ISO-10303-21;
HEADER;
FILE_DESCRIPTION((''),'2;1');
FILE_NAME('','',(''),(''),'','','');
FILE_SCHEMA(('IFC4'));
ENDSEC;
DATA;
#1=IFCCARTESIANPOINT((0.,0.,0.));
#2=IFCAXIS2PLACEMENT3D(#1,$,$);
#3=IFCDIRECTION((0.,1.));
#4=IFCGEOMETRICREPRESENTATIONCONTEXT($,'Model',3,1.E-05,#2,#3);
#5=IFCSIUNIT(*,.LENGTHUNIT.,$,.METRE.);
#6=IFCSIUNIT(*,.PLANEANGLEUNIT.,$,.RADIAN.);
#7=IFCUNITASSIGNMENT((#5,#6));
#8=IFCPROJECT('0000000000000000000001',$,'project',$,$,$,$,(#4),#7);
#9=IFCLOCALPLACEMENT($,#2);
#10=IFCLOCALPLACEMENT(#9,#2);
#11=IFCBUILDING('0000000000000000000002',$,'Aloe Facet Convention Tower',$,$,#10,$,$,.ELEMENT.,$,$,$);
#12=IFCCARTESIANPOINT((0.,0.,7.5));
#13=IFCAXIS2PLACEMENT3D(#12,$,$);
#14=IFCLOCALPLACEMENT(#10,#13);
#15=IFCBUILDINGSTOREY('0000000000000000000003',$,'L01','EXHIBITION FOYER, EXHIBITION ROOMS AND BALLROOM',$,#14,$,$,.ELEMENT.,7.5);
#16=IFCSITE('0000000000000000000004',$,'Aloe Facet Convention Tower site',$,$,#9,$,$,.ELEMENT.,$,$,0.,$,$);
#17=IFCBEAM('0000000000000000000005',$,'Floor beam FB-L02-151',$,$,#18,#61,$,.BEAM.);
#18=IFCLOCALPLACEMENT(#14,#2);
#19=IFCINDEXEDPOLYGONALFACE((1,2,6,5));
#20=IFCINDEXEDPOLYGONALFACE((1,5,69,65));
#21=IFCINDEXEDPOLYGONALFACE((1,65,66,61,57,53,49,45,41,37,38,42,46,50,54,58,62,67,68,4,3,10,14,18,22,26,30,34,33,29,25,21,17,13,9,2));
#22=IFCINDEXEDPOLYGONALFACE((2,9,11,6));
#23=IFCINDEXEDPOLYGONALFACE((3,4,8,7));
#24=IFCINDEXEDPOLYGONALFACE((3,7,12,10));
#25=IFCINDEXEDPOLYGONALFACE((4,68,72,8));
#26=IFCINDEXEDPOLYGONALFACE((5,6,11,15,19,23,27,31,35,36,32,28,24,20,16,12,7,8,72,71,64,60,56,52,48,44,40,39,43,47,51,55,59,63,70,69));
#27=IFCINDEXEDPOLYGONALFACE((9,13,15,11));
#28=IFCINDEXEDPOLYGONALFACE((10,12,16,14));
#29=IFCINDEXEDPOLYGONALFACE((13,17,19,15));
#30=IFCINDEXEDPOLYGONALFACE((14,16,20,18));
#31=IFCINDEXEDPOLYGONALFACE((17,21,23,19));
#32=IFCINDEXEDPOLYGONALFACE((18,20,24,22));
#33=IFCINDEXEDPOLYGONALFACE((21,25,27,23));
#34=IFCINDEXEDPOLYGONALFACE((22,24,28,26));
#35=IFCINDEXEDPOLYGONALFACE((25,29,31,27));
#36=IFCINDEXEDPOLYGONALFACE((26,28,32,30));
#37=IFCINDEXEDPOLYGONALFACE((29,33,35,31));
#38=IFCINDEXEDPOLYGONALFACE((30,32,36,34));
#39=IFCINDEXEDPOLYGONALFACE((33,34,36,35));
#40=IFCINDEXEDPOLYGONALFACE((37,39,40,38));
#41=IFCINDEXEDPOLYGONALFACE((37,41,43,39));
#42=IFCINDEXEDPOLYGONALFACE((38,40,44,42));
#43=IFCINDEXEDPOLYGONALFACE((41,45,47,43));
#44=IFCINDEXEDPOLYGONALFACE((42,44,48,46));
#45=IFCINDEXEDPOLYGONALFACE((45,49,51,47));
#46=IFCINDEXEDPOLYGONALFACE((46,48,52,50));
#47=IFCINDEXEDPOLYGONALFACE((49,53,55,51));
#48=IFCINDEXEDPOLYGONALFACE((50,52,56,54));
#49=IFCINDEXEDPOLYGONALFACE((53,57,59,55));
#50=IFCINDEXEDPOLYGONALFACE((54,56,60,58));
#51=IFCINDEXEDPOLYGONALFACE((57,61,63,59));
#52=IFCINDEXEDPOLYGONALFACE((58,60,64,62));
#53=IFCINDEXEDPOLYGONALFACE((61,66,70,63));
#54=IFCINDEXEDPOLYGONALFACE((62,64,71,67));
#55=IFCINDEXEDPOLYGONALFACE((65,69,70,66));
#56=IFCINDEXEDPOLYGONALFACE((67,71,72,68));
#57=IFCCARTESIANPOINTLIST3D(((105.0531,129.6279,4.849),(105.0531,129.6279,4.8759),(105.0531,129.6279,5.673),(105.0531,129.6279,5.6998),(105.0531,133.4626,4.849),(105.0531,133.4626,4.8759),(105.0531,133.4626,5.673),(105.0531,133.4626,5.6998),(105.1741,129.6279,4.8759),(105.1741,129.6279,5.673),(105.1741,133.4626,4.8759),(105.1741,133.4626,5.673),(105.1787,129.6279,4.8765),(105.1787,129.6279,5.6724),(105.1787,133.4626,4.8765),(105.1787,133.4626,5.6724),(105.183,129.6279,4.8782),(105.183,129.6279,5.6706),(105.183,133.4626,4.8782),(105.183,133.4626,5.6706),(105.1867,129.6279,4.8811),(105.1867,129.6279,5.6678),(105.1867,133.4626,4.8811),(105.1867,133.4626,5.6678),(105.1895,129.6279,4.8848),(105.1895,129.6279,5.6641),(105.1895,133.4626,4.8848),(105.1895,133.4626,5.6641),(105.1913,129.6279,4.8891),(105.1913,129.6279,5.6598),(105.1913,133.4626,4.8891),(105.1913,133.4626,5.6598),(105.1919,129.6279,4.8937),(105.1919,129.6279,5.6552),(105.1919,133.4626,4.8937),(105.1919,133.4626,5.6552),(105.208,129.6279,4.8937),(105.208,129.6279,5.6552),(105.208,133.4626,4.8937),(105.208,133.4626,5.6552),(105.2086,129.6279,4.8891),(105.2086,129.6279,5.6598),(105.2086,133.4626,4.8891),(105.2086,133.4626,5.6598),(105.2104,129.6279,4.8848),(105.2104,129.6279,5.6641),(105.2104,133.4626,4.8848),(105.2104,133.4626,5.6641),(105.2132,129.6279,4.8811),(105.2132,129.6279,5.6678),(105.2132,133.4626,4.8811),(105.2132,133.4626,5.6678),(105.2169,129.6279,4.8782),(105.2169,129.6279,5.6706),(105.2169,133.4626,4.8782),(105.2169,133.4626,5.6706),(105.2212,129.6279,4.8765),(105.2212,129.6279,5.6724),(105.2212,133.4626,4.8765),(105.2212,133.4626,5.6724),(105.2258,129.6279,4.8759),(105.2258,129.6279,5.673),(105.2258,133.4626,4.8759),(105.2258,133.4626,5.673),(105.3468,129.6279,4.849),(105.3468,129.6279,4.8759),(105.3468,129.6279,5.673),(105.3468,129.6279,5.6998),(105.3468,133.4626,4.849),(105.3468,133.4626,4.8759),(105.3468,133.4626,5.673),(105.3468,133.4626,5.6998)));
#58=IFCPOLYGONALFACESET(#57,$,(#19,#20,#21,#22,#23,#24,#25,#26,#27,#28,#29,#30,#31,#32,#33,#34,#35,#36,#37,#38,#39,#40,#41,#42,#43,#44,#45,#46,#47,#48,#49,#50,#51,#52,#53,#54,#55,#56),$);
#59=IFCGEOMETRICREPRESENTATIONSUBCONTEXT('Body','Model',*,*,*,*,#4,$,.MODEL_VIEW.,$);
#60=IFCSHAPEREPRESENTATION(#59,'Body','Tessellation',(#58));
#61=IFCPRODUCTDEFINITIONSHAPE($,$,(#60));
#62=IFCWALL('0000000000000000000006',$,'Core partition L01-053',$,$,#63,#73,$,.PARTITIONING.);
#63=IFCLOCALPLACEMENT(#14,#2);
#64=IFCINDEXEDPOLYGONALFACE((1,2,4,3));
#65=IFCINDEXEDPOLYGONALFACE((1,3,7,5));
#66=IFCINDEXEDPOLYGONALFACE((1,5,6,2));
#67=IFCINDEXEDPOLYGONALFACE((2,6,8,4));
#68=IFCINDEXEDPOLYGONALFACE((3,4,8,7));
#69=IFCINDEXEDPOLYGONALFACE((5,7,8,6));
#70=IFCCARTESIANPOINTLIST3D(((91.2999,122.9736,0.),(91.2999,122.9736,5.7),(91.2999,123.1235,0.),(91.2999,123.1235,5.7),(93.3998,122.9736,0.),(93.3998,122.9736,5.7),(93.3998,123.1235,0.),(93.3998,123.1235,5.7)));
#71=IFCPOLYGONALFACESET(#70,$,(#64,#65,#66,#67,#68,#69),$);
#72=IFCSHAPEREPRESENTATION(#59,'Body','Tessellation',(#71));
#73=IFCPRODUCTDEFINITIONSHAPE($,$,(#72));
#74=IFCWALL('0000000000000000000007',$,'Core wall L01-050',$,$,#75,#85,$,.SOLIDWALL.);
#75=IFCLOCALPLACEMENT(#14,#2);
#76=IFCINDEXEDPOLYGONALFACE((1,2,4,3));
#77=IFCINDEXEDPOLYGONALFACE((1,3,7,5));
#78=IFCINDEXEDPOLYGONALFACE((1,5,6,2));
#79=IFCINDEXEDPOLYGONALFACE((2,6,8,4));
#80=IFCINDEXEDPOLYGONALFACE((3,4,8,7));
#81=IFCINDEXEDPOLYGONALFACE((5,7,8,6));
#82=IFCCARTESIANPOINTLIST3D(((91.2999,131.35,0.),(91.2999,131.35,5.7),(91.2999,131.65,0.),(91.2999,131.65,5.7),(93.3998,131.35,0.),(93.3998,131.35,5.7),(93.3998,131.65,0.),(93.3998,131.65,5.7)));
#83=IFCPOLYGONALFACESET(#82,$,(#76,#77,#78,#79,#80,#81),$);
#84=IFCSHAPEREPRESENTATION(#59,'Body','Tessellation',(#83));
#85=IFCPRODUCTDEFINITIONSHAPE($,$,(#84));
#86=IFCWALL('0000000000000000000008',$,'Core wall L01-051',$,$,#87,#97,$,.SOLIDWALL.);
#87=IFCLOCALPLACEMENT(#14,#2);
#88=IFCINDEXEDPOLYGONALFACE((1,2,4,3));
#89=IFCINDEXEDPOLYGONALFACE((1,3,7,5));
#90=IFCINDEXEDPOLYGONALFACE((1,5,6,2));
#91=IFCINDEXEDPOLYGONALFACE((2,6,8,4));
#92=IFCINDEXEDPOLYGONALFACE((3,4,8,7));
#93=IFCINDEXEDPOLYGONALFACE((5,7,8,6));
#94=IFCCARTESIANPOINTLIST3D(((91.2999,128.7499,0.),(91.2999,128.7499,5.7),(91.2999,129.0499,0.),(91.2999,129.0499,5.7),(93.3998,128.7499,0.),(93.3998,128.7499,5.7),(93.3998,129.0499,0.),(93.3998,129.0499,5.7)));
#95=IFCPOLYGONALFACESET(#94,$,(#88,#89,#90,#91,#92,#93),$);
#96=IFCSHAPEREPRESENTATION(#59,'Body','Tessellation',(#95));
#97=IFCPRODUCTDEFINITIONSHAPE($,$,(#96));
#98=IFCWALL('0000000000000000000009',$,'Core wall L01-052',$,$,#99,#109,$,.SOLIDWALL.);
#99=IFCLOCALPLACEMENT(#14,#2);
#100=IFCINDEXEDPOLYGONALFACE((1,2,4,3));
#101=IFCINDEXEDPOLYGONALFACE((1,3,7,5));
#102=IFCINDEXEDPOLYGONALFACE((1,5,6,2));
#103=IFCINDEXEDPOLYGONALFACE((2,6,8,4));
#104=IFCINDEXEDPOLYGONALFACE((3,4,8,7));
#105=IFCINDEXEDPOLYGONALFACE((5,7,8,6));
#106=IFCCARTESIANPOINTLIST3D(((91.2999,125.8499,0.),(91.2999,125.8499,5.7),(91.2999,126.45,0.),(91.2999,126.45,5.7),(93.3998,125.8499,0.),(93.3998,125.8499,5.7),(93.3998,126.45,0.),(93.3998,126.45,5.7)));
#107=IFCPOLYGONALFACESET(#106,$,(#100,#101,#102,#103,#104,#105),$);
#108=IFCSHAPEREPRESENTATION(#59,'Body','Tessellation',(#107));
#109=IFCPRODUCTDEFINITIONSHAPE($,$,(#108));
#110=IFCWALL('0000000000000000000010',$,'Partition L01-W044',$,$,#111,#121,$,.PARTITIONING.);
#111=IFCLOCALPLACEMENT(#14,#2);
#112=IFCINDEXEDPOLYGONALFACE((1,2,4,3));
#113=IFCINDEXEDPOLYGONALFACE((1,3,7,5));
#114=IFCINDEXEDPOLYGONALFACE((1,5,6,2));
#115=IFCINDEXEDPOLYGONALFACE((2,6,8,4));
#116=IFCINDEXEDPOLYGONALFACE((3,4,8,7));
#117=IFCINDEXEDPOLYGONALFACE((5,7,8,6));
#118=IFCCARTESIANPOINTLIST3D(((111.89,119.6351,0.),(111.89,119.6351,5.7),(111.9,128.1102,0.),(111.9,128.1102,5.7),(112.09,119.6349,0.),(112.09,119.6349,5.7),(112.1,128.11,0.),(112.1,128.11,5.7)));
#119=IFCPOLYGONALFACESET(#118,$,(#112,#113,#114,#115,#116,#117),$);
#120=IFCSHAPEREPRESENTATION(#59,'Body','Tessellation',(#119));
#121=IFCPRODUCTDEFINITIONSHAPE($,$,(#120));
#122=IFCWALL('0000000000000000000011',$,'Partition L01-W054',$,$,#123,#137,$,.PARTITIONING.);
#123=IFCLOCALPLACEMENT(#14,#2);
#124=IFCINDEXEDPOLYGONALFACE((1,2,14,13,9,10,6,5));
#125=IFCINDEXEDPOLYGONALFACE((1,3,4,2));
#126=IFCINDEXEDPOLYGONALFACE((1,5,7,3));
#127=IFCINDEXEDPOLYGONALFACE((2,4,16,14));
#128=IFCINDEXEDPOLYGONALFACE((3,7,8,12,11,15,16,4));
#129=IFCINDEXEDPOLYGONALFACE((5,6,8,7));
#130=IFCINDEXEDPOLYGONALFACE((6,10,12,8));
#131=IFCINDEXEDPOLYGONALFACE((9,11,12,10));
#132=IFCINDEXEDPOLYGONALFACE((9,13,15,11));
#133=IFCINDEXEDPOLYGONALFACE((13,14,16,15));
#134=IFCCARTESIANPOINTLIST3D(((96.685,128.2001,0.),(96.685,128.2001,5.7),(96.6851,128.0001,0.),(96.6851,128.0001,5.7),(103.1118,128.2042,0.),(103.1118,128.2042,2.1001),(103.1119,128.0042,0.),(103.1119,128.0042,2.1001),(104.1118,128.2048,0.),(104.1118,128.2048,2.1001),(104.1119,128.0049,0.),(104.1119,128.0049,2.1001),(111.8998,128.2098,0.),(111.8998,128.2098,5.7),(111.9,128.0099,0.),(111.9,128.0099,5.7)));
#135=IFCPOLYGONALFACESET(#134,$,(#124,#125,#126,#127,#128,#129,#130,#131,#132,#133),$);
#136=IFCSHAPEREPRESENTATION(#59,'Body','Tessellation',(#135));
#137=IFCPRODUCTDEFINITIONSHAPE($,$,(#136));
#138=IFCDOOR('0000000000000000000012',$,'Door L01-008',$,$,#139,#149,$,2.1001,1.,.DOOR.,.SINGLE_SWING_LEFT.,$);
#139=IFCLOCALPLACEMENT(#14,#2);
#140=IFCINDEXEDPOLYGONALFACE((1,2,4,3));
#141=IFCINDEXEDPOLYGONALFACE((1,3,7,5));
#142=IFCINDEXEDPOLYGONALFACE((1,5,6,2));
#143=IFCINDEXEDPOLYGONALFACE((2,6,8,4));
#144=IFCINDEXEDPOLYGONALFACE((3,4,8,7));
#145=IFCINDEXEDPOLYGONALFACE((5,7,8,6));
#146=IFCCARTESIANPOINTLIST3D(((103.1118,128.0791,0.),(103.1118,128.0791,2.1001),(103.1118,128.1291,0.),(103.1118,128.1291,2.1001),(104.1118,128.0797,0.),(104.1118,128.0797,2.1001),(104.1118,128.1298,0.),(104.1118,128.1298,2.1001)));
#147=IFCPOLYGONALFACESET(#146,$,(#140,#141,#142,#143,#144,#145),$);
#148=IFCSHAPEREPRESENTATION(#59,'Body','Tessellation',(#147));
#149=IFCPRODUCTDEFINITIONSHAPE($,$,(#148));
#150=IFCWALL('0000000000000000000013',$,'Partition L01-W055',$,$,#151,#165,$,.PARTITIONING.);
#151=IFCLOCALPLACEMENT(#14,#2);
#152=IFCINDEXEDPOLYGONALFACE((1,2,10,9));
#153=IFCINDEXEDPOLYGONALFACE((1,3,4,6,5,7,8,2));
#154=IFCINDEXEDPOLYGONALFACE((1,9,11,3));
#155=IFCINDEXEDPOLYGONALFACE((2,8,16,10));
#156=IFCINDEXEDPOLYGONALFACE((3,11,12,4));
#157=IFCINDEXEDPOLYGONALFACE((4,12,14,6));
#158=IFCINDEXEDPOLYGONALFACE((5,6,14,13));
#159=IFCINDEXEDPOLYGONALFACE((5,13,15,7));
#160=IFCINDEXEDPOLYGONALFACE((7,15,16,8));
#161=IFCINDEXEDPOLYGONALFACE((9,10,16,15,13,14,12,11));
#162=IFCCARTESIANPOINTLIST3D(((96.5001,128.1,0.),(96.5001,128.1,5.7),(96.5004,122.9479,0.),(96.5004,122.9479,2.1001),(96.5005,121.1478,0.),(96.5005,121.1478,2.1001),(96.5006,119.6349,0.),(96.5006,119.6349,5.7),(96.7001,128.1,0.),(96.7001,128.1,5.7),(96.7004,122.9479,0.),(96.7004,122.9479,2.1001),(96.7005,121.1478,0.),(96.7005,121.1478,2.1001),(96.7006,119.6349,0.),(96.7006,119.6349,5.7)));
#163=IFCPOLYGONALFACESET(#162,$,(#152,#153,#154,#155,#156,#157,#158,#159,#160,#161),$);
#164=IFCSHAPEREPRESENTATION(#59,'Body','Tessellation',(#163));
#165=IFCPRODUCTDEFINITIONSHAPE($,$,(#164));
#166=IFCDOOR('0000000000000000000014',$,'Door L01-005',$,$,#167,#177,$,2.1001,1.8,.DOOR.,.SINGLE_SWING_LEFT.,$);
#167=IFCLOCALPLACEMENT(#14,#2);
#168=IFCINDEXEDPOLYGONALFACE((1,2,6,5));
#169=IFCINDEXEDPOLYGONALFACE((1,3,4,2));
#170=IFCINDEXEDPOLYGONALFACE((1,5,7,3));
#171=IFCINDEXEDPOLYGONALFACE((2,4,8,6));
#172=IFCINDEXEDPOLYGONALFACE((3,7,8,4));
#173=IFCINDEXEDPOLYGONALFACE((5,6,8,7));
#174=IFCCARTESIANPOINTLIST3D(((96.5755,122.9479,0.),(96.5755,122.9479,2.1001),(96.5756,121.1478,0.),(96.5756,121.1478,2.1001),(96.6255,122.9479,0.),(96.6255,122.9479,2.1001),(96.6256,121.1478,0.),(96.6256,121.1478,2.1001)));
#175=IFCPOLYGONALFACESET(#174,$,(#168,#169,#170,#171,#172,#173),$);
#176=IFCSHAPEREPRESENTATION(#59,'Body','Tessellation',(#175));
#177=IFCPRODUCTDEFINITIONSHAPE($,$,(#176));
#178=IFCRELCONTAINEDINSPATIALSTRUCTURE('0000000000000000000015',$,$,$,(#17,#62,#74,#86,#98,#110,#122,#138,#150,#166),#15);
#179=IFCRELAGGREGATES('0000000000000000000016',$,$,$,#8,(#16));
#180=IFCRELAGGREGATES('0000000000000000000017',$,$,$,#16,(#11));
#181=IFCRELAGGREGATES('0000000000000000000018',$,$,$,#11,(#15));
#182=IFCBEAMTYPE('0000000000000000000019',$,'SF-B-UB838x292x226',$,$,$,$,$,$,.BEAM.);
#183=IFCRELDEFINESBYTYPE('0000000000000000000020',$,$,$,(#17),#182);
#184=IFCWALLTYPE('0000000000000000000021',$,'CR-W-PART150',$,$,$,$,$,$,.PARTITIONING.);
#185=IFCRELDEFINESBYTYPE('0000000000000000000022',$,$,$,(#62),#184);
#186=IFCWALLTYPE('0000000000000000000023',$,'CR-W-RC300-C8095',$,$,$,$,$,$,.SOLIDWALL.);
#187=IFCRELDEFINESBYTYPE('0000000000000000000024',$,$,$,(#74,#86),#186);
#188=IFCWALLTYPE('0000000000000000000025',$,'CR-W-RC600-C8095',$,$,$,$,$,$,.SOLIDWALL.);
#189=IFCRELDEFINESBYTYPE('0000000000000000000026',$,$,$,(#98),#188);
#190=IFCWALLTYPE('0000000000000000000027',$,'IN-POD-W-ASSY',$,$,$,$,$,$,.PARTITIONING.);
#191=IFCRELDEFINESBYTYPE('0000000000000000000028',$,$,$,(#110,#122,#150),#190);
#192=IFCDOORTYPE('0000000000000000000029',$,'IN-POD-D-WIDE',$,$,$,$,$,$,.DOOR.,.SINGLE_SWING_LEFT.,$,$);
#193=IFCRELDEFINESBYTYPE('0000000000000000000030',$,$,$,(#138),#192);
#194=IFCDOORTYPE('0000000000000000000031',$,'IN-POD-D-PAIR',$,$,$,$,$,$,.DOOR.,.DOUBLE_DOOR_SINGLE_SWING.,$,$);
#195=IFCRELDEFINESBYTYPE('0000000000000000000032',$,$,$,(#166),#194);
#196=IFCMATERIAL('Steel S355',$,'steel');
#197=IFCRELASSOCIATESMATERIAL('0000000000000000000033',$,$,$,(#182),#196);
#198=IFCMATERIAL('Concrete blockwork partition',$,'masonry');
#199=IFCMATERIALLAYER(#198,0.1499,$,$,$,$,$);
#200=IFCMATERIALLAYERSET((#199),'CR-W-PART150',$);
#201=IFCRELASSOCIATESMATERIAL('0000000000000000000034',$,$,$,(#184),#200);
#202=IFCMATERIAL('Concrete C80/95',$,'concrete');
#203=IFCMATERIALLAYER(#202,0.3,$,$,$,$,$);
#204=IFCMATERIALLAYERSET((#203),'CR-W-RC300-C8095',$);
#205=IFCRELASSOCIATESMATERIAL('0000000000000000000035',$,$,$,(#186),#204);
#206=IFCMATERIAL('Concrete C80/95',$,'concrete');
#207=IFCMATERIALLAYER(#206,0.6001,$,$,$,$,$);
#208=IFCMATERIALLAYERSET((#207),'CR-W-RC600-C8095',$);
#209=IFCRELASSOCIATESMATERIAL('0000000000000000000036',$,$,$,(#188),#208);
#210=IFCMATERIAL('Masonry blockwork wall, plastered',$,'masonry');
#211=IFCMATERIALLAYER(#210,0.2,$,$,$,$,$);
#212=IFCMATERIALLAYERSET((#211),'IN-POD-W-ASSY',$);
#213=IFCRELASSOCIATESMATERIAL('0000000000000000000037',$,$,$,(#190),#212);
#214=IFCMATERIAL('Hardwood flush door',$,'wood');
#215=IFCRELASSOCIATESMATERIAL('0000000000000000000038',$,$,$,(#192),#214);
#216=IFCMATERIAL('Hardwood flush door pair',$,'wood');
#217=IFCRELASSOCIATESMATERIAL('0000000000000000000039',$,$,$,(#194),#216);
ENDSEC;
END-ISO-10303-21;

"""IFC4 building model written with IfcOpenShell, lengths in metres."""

from ifc_helpers import new_model, si_unit, direction, frame, frame_2d, origin, origin_2d, place, context, subcontext, project, spatial, rectangle, i_section, extrude, material, layer, layer_set, material_profile, profile_set, type_object, element, fill, save


model = new_model("IFC4")

# Units and contexts
model_context = context("Model", 3, precision=1e-05, world=origin(), true_north=direction((0.0, 1.0)))
body_context = subcontext(model_context, "Body", "Model", "MODEL_VIEW")
ifc_project = project(units=[si_unit("LENGTHUNIT", "METRE"), si_unit("PLANEANGLEUNIT", "RADIAN")], contexts=[model_context])

# Site, building, storey
site_placement = place(None, origin())
site = spatial("IfcSite", under=ifc_project, at=site_placement, Name="Aloe Facet Convention Tower site", CompositionType="ELEMENT", RefElevation=0.0)
building_placement = place(site_placement, origin())
building = spatial("IfcBuilding", under=site, at=building_placement, Name="Aloe Facet Convention Tower", CompositionType="ELEMENT")
storey_placement = place(building_placement, frame((0.0, 0.0, 7.5)))
storey = spatial("IfcBuildingStorey", under=building, at=storey_placement, Name="L01", Description="EXHIBITION FOYER, EXHIBITION ROOMS AND BALLROOM", CompositionType="ELEMENT", Elevation=7.5)

# Beam
ifc_material_1 = material(Name="Steel S355", Category="steel")
ifc_material_profile_1 = material_profile(ifc_material_1, i_section(OverallWidth=0.2937, OverallDepth=0.8508, WebThickness=0.0161, FlangeThickness=0.0269, FilletRadius=0.0178, at=origin_2d()), Name="UB 838x292x226")
ifc_profile_set_1 = profile_set([ifc_material_profile_1], Name="Steel S355")
beam_type_1 = type_object("IfcBeamType", Name="SF-B-UB838x292x226", PredefinedType="BEAM", material=ifc_profile_set_1)
beam_1_placement = place(storey_placement, frame((105.2, 129.6279, 5.2744), z_axis=(0.0, 1.0, 0.0), x_axis=(-1.0, 0.0, 0.0)))
element("IfcBeam", 1, at=beam_1_placement, inside=storey, type_object=beam_type_1, Name="Floor beam FB-L02-151", PredefinedType="BEAM", context=body_context, shape_type="SweptSolid", body=[
    extrude(i_section(OverallWidth=0.2937, OverallDepth=0.8508, WebThickness=0.0161, FlangeThickness=0.0269, FilletRadius=0.0178, at=origin_2d()), origin(), (0.0, 0.0, 1.0), 3.8347),
])

# Walls
ifc_material_2 = material(Name="Concrete blockwork partition", Category="masonry")
ifc_layer_1 = layer(ifc_material_2, 0.1499)
ifc_layer_set_1 = layer_set([ifc_layer_1], Name="CR-W-PART150")
wall_type_1 = type_object("IfcWallType", Name="CR-W-PART150", PredefinedType="PARTITIONING", material=ifc_layer_set_1)
wall_1_placement = place(storey_placement, frame((91.3, 123.0486, 0.0), z_axis=(0.0, 0.0, 1.0), x_axis=(1.0, 0.0, 0.0)))
element("IfcWall", 2, at=wall_1_placement, inside=storey, type_object=wall_type_1, Name="Core partition L01-053", PredefinedType="PARTITIONING", context=body_context, shape_type="SweptSolid", body=[
    extrude(rectangle(XDim=2.0999, YDim=0.1499, at=frame_2d((1.0498, 0.0))), origin(), (0.0, 0.0, 1.0), 5.7),
])
ifc_material_3 = material(Name="Concrete C80/95", Category="concrete")
ifc_layer_2 = layer(ifc_material_3, 0.3)
ifc_layer_set_2 = layer_set([ifc_layer_2], Name="CR-W-RC300-C8095")
wall_type_2 = type_object("IfcWallType", Name="CR-W-RC300-C8095", PredefinedType="SOLIDWALL", material=ifc_layer_set_2)
for number, where, z_axis, x_axis, name in (
    (3, (91.3, 131.5, 0.0), (0.0, 0.0, 1.0), (1.0, 0.0, 0.0), "Core wall L01-050"),
    (4, (91.3, 128.8999, 0.0), (0.0, 0.0, 1.0), (1.0, 0.0, 0.0), "Core wall L01-051"),
):
    element("IfcWall", number, at=place(storey_placement, frame(where, z_axis=z_axis, x_axis=x_axis)), inside=storey, type_object=wall_type_2, Name=name, PredefinedType="SOLIDWALL", context=body_context, shape_type="SweptSolid", body=[
        extrude(rectangle(XDim=2.0999, YDim=0.3, at=frame_2d((1.0498, 0.0))), origin(), (0.0, 0.0, 1.0), 5.7),
    ])
ifc_material_4 = material(Name="Concrete C80/95", Category="concrete")
ifc_layer_3 = layer(ifc_material_4, 0.6001)
ifc_layer_set_3 = layer_set([ifc_layer_3], Name="CR-W-RC600-C8095")
wall_type_3 = type_object("IfcWallType", Name="CR-W-RC600-C8095", PredefinedType="SOLIDWALL", material=ifc_layer_set_3)
wall_2_placement = place(storey_placement, frame((91.3, 126.1499, 0.0), z_axis=(0.0, 0.0, 1.0), x_axis=(1.0, 0.0, 0.0)))
element("IfcWall", 5, at=wall_2_placement, inside=storey, type_object=wall_type_3, Name="Core wall L01-052", PredefinedType="SOLIDWALL", context=body_context, shape_type="SweptSolid", body=[
    extrude(rectangle(XDim=2.0999, YDim=0.6001, at=frame_2d((1.0498, 0.0))), origin(), (0.0, 0.0, 1.0), 5.7),
])
ifc_material_5 = material(Name="Masonry blockwork wall, plastered", Category="masonry")
ifc_layer_4 = layer(ifc_material_5, 0.2)
ifc_layer_set_4 = layer_set([ifc_layer_4], Name="IN-POD-W-ASSY")
wall_type_4 = type_object("IfcWallType", Name="IN-POD-W-ASSY", PredefinedType="PARTITIONING", material=ifc_layer_set_4)
wall_3_placement = place(storey_placement, frame((111.99, 119.635, 0.0), z_axis=(0.0, 0.0, 1.0), x_axis=(0.001181, 0.999999, 0.0)))
element("IfcWall", 6, at=wall_3_placement, inside=storey, type_object=wall_type_4, Name="Partition L01-W044", PredefinedType="PARTITIONING", context=body_context, shape_type="SweptSolid", body=[
    extrude(rectangle(XDim=8.4751, YDim=0.2, at=frame_2d((4.2375, 0.0))), origin(), (0.0, 0.0, 1.0), 5.7),
])

# Walls, openings, doors
wall_4_placement = place(storey_placement, frame((96.6851, 128.1001, 0.0), z_axis=(0.0, 0.0, 1.0), x_axis=(1.0, 0.000642, 0.0)))
wall_4 = element("IfcWall", 7, at=wall_4_placement, inside=storey, type_object=wall_type_4, Name="Partition L01-W054", PredefinedType="PARTITIONING", context=body_context, shape_type="SweptSolid", body=[
    extrude(rectangle(XDim=15.2148, YDim=0.2, at=frame_2d((7.6074, 0.0))), origin(), (0.0, 0.0, 1.0), 5.7),
])
opening_1_placement = place(wall_4_placement, frame((6.4268, 0.0, 0.0)))
opening_1 = element("IfcOpeningElement", 8, at=opening_1_placement, cuts=wall_4, PredefinedType="OPENING", context=body_context, shape_type="SweptSolid", body=[
    extrude(rectangle(XDim=1.0, YDim=2.1001, at=frame_2d((0.5, 1.05))), frame((0.0, 0.1099, 0.0), z_axis=(0.0, -1.0, 0.0), x_axis=(1.0, 0.0, 0.0)), (0.0, 0.0, 1.0), 0.22),
])
ifc_material_6 = material(Name="Hardwood flush door", Category="wood")
door_type_1 = type_object("IfcDoorType", Name="IN-POD-D-WIDE", OperationType="SINGLE_SWING_LEFT", PredefinedType="DOOR", material=ifc_material_6)
door_1_placement = place(opening_1_placement, origin())
door_1 = element("IfcDoor", 9, at=door_1_placement, inside=storey, type_object=door_type_1, Name="Door L01-008", OperationType="SINGLE_SWING_LEFT", OverallHeight=2.1001, OverallWidth=1.0, PredefinedType="DOOR", context=body_context, shape_type="SweptSolid", body=[
    extrude(rectangle(XDim=1.0, YDim=2.1001, at=frame_2d((0.5, 1.05))), frame((0.0, 0.0249, 0.0), z_axis=(0.0, -1.0, 0.0), x_axis=(1.0, 0.0, 0.0)), (0.0, 0.0, 1.0), 0.05),
])
fill(opening_1, door_1)
wall_5_placement = place(storey_placement, frame((96.6006, 119.635, 0.0), z_axis=(0.0, 0.0, 1.0), x_axis=(-0.000058, 1.0, 0.0)))
wall_5 = element("IfcWall", 10, at=wall_5_placement, inside=storey, type_object=wall_type_4, Name="Partition L01-W055", PredefinedType="PARTITIONING", context=body_context, shape_type="SweptSolid", body=[
    extrude(rectangle(XDim=8.4651, YDim=0.2, at=frame_2d((4.2324, 0.0))), origin(), (0.0, 0.0, 1.0), 5.7),
])
opening_2_placement = place(wall_5_placement, frame((1.5129, 0.0, 0.0)))
opening_2 = element("IfcOpeningElement", 11, at=opening_2_placement, cuts=wall_5, PredefinedType="OPENING", context=body_context, shape_type="SweptSolid", body=[
    extrude(rectangle(XDim=1.8, YDim=2.1001, at=frame_2d((0.8999, 1.05))), frame((0.0, 0.1099, 0.0), z_axis=(0.0, -1.0, 0.0), x_axis=(1.0, 0.0, 0.0)), (0.0, 0.0, 1.0), 0.22),
])
ifc_material_7 = material(Name="Hardwood flush door pair", Category="wood")
door_type_2 = type_object("IfcDoorType", Name="IN-POD-D-PAIR", OperationType="DOUBLE_DOOR_SINGLE_SWING", PredefinedType="DOOR", material=ifc_material_7)
door_2_placement = place(opening_2_placement, origin())
door_2 = element("IfcDoor", 12, at=door_2_placement, inside=storey, type_object=door_type_2, Name="Door L01-005", OperationType="SINGLE_SWING_LEFT", OverallHeight=2.1001, OverallWidth=1.8, PredefinedType="DOOR", context=body_context, shape_type="SweptSolid", body=[
    extrude(rectangle(XDim=1.8, YDim=2.1001, at=frame_2d((0.8999, 1.05))), frame((0.0, 0.0249, 0.0), z_axis=(0.0, -1.0, 0.0), x_axis=(1.0, 0.0, 0.0)), (0.0, 0.0, 1.0), 0.05),
])
fill(opening_2, door_2)

save(model, "model.ifc")
